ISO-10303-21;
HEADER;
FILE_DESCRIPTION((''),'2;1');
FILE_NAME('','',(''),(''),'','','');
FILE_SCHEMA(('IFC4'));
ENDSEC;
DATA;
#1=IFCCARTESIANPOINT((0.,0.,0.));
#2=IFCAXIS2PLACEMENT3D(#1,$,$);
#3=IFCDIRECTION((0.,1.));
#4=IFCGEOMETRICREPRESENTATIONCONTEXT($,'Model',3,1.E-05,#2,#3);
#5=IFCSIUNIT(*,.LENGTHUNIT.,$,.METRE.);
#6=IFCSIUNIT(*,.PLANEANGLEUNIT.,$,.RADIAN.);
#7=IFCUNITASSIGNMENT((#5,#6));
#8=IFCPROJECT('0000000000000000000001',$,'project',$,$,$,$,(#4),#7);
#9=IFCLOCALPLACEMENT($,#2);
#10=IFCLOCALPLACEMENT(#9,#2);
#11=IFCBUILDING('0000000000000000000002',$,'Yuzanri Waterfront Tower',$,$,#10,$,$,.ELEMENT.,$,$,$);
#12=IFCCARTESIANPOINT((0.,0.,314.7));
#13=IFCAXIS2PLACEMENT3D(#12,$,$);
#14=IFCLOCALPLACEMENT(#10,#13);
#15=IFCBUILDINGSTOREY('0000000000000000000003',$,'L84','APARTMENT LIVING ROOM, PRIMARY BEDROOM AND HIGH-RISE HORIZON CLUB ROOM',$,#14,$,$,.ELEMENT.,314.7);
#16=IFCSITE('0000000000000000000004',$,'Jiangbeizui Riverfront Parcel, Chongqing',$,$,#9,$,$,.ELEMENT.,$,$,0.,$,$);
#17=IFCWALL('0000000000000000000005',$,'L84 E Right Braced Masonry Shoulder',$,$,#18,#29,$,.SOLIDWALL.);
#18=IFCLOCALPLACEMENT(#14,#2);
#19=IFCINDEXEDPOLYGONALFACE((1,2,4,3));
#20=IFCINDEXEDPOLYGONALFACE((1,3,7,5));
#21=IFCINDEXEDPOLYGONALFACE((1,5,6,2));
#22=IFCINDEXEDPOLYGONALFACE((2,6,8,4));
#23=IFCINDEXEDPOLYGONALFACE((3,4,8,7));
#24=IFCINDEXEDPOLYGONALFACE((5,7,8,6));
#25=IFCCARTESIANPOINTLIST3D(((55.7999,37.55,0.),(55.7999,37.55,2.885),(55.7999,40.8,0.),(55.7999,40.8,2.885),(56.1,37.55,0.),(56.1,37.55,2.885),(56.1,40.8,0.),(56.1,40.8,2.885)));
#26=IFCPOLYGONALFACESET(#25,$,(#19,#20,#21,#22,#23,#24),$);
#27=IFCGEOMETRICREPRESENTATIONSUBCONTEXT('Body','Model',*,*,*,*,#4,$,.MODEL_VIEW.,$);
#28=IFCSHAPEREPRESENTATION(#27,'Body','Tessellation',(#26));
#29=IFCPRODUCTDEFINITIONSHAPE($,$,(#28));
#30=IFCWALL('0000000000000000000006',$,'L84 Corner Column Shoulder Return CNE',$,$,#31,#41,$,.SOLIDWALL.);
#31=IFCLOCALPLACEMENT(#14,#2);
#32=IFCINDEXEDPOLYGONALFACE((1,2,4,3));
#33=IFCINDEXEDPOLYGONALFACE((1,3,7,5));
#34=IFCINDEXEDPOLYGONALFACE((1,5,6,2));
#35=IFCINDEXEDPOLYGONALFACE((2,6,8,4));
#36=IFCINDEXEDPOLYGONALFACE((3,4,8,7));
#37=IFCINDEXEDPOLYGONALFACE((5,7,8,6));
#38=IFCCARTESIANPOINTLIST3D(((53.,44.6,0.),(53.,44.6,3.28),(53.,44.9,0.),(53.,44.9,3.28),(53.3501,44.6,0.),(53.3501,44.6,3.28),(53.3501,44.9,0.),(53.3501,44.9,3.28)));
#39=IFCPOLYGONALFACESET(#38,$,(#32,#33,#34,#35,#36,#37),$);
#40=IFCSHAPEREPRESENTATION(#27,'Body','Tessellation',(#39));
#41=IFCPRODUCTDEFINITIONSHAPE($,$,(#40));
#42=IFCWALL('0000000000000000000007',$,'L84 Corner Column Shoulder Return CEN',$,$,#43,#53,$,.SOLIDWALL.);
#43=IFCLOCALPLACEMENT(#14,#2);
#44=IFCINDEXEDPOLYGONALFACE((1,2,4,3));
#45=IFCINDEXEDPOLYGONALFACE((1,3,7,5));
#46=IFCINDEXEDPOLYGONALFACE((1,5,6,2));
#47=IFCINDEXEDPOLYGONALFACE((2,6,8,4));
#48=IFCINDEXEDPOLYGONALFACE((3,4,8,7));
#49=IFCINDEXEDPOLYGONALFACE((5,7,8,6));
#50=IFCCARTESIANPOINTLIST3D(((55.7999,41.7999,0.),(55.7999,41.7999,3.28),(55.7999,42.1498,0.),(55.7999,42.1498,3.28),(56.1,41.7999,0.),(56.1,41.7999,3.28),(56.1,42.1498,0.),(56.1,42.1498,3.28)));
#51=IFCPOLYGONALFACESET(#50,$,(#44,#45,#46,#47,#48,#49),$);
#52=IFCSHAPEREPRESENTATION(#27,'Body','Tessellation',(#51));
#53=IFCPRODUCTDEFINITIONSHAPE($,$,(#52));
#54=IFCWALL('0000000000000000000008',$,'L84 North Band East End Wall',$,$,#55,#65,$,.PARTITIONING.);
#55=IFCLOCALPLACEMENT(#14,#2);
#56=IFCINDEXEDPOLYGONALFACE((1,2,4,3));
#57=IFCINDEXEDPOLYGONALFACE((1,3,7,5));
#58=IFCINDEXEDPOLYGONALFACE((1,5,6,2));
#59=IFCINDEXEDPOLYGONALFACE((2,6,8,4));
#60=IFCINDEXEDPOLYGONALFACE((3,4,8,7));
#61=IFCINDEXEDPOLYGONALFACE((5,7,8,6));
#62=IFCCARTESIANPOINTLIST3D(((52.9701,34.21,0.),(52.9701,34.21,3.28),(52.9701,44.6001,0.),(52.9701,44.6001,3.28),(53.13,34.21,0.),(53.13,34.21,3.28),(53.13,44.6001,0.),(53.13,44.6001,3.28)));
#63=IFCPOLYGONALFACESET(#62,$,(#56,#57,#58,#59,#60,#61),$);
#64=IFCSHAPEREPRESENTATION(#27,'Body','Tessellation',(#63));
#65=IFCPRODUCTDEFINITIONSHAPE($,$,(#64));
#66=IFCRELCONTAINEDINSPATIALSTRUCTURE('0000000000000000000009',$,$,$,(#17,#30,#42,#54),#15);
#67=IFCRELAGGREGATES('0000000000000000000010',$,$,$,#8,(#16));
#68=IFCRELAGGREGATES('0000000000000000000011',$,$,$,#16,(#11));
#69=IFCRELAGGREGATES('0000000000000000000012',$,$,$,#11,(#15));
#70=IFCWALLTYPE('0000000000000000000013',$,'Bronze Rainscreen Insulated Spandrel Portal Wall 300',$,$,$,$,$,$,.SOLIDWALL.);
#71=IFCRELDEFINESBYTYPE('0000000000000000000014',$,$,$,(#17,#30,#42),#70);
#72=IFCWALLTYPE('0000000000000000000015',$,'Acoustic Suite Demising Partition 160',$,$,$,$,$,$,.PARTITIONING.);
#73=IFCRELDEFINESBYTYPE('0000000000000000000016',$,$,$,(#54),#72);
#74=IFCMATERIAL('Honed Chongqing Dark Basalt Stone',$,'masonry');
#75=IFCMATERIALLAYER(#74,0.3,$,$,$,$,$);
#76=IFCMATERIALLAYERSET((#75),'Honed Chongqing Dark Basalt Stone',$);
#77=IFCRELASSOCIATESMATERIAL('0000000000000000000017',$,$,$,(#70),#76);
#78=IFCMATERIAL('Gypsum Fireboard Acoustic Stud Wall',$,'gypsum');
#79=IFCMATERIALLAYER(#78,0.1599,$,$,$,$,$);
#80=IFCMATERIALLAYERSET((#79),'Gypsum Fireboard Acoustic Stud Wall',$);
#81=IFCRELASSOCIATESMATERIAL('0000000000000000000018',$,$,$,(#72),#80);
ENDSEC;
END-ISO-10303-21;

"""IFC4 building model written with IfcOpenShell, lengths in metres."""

from ifc_helpers import new_model, si_unit, direction, frame, frame_2d, origin, place, context, subcontext, project, spatial, rectangle, extrude, source, transform, mapped, material, layer, layer_set, type_object, element, save


model = new_model("IFC4")

# Units and contexts
model_context = context("Model", 3, precision=1e-05, world=origin(), true_north=direction((0.0, 1.0)))
body_context = subcontext(model_context, "Body", "Model", "MODEL_VIEW")
ifc_project = project(units=[si_unit("LENGTHUNIT", "METRE"), si_unit("PLANEANGLEUNIT", "RADIAN")], contexts=[model_context])

# Site, building, storey
site_placement = place(None, origin())
site = spatial("IfcSite", under=ifc_project, at=site_placement, Name="Jiangbeizui Riverfront Parcel, Chongqing", CompositionType="ELEMENT", RefElevation=0.0)
building_placement = place(site_placement, origin())
building = spatial("IfcBuilding", under=site, at=building_placement, Name="Yuzanri Waterfront Tower", CompositionType="ELEMENT")
storey_placement = place(building_placement, frame((0.0, 0.0, 314.7)))
storey = spatial("IfcBuildingStorey", under=building, at=storey_placement, Name="L84", Description="APARTMENT LIVING ROOM, PRIMARY BEDROOM AND HIGH-RISE HORIZON CLUB ROOM", CompositionType="ELEMENT", Elevation=314.7)

# Shared definitions
ifc_material_1 = material(Name="Honed Chongqing Dark Basalt Stone", Category="masonry")
ifc_layer_1 = layer(ifc_material_1, 0.3)
ifc_layer_set_1 = layer_set([ifc_layer_1], Name="Honed Chongqing Dark Basalt Stone")
wall_type_1 = type_object("IfcWallType", Name="Bronze Rainscreen Insulated Spandrel Portal Wall 300", PredefinedType="SOLIDWALL", material=ifc_layer_set_1)

# Walls
shared_shape_1 = source(origin(), body_context, "Body", "SweptSolid", [
    extrude(rectangle(XDim=3.25, YDim=0.3, at=frame_2d((1.625, 0.0))), origin(), (0.0, 0.0, 1.0), 2.885),
])
for number, where, z_axis, x_axis, name in (
    (1, (55.95, 37.55, 0.0), (0.0, 0.0, 1.0), (0.0, 1.0, 0.0), "L84 E Right Braced Masonry Shoulder"),
):
    element("IfcWall", number, at=place(storey_placement, frame(where, z_axis=z_axis, x_axis=x_axis)), inside=storey, type_object=wall_type_1, Name=name, PredefinedType="SOLIDWALL", context=body_context, shape_type="MappedRepresentation", body=[
        mapped(shared_shape_1, transform((0.0, 0.0, 0.0), scale=1.0)),
    ])
shared_shape_2 = source(origin(), body_context, "Body", "SweptSolid", [
    extrude(rectangle(XDim=0.3501, YDim=0.3, at=frame_2d((0.175, 0.0))), origin(), (0.0, 0.0, 1.0), 3.28),
])
wall_1_placement = place(storey_placement, frame((53.0, 44.75, 0.0), z_axis=(0.0, 0.0, 1.0), x_axis=(1.0, 0.0, 0.0)))
element("IfcWall", 2, at=wall_1_placement, inside=storey, type_object=wall_type_1, Name="L84 Corner Column Shoulder Return CNE", PredefinedType="SOLIDWALL", context=body_context, shape_type="MappedRepresentation", body=[
    mapped(shared_shape_2, transform((0.0, 0.0, 0.0), scale=1.0)),
])
shared_shape_3 = source(origin(), body_context, "Body", "SweptSolid", [
    extrude(rectangle(XDim=0.3499, YDim=0.3, at=frame_2d((0.1748, 0.0))), origin(), (0.0, 0.0, 1.0), 3.28),
])
wall_2_placement = place(storey_placement, frame((55.95, 41.8, 0.0), z_axis=(0.0, 0.0, 1.0), x_axis=(0.0, 1.0, 0.0)))
element("IfcWall", 3, at=wall_2_placement, inside=storey, type_object=wall_type_1, Name="L84 Corner Column Shoulder Return CEN", PredefinedType="SOLIDWALL", context=body_context, shape_type="MappedRepresentation", body=[
    mapped(shared_shape_3, transform((0.0, 0.0, 0.0), scale=1.0)),
])
ifc_material_2 = material(Name="Gypsum Fireboard Acoustic Stud Wall", Category="gypsum")
ifc_layer_2 = layer(ifc_material_2, 0.1599)
ifc_layer_set_2 = layer_set([ifc_layer_2], Name="Gypsum Fireboard Acoustic Stud Wall")
wall_type_2 = type_object("IfcWallType", Name="Acoustic Suite Demising Partition 160", PredefinedType="PARTITIONING", material=ifc_layer_set_2)
shared_shape_4 = source(origin(), body_context, "Body", "SweptSolid", [
    extrude(rectangle(XDim=10.3901, YDim=0.1599, at=frame_2d((5.1951, 0.0))), origin(), (0.0, 0.0, 1.0), 3.28),
])
wall_3_placement = place(storey_placement, frame((53.05, 34.21, 0.0), z_axis=(0.0, 0.0, 1.0), x_axis=(0.0, 1.0, 0.0)))
element("IfcWall", 4, at=wall_3_placement, inside=storey, type_object=wall_type_2, Name="L84 North Band East End Wall", PredefinedType="PARTITIONING", context=body_context, shape_type="MappedRepresentation", body=[
    mapped(shared_shape_4, transform((0.0, 0.0, 0.0), scale=1.0)),
])

save(model, "model.ifc")
